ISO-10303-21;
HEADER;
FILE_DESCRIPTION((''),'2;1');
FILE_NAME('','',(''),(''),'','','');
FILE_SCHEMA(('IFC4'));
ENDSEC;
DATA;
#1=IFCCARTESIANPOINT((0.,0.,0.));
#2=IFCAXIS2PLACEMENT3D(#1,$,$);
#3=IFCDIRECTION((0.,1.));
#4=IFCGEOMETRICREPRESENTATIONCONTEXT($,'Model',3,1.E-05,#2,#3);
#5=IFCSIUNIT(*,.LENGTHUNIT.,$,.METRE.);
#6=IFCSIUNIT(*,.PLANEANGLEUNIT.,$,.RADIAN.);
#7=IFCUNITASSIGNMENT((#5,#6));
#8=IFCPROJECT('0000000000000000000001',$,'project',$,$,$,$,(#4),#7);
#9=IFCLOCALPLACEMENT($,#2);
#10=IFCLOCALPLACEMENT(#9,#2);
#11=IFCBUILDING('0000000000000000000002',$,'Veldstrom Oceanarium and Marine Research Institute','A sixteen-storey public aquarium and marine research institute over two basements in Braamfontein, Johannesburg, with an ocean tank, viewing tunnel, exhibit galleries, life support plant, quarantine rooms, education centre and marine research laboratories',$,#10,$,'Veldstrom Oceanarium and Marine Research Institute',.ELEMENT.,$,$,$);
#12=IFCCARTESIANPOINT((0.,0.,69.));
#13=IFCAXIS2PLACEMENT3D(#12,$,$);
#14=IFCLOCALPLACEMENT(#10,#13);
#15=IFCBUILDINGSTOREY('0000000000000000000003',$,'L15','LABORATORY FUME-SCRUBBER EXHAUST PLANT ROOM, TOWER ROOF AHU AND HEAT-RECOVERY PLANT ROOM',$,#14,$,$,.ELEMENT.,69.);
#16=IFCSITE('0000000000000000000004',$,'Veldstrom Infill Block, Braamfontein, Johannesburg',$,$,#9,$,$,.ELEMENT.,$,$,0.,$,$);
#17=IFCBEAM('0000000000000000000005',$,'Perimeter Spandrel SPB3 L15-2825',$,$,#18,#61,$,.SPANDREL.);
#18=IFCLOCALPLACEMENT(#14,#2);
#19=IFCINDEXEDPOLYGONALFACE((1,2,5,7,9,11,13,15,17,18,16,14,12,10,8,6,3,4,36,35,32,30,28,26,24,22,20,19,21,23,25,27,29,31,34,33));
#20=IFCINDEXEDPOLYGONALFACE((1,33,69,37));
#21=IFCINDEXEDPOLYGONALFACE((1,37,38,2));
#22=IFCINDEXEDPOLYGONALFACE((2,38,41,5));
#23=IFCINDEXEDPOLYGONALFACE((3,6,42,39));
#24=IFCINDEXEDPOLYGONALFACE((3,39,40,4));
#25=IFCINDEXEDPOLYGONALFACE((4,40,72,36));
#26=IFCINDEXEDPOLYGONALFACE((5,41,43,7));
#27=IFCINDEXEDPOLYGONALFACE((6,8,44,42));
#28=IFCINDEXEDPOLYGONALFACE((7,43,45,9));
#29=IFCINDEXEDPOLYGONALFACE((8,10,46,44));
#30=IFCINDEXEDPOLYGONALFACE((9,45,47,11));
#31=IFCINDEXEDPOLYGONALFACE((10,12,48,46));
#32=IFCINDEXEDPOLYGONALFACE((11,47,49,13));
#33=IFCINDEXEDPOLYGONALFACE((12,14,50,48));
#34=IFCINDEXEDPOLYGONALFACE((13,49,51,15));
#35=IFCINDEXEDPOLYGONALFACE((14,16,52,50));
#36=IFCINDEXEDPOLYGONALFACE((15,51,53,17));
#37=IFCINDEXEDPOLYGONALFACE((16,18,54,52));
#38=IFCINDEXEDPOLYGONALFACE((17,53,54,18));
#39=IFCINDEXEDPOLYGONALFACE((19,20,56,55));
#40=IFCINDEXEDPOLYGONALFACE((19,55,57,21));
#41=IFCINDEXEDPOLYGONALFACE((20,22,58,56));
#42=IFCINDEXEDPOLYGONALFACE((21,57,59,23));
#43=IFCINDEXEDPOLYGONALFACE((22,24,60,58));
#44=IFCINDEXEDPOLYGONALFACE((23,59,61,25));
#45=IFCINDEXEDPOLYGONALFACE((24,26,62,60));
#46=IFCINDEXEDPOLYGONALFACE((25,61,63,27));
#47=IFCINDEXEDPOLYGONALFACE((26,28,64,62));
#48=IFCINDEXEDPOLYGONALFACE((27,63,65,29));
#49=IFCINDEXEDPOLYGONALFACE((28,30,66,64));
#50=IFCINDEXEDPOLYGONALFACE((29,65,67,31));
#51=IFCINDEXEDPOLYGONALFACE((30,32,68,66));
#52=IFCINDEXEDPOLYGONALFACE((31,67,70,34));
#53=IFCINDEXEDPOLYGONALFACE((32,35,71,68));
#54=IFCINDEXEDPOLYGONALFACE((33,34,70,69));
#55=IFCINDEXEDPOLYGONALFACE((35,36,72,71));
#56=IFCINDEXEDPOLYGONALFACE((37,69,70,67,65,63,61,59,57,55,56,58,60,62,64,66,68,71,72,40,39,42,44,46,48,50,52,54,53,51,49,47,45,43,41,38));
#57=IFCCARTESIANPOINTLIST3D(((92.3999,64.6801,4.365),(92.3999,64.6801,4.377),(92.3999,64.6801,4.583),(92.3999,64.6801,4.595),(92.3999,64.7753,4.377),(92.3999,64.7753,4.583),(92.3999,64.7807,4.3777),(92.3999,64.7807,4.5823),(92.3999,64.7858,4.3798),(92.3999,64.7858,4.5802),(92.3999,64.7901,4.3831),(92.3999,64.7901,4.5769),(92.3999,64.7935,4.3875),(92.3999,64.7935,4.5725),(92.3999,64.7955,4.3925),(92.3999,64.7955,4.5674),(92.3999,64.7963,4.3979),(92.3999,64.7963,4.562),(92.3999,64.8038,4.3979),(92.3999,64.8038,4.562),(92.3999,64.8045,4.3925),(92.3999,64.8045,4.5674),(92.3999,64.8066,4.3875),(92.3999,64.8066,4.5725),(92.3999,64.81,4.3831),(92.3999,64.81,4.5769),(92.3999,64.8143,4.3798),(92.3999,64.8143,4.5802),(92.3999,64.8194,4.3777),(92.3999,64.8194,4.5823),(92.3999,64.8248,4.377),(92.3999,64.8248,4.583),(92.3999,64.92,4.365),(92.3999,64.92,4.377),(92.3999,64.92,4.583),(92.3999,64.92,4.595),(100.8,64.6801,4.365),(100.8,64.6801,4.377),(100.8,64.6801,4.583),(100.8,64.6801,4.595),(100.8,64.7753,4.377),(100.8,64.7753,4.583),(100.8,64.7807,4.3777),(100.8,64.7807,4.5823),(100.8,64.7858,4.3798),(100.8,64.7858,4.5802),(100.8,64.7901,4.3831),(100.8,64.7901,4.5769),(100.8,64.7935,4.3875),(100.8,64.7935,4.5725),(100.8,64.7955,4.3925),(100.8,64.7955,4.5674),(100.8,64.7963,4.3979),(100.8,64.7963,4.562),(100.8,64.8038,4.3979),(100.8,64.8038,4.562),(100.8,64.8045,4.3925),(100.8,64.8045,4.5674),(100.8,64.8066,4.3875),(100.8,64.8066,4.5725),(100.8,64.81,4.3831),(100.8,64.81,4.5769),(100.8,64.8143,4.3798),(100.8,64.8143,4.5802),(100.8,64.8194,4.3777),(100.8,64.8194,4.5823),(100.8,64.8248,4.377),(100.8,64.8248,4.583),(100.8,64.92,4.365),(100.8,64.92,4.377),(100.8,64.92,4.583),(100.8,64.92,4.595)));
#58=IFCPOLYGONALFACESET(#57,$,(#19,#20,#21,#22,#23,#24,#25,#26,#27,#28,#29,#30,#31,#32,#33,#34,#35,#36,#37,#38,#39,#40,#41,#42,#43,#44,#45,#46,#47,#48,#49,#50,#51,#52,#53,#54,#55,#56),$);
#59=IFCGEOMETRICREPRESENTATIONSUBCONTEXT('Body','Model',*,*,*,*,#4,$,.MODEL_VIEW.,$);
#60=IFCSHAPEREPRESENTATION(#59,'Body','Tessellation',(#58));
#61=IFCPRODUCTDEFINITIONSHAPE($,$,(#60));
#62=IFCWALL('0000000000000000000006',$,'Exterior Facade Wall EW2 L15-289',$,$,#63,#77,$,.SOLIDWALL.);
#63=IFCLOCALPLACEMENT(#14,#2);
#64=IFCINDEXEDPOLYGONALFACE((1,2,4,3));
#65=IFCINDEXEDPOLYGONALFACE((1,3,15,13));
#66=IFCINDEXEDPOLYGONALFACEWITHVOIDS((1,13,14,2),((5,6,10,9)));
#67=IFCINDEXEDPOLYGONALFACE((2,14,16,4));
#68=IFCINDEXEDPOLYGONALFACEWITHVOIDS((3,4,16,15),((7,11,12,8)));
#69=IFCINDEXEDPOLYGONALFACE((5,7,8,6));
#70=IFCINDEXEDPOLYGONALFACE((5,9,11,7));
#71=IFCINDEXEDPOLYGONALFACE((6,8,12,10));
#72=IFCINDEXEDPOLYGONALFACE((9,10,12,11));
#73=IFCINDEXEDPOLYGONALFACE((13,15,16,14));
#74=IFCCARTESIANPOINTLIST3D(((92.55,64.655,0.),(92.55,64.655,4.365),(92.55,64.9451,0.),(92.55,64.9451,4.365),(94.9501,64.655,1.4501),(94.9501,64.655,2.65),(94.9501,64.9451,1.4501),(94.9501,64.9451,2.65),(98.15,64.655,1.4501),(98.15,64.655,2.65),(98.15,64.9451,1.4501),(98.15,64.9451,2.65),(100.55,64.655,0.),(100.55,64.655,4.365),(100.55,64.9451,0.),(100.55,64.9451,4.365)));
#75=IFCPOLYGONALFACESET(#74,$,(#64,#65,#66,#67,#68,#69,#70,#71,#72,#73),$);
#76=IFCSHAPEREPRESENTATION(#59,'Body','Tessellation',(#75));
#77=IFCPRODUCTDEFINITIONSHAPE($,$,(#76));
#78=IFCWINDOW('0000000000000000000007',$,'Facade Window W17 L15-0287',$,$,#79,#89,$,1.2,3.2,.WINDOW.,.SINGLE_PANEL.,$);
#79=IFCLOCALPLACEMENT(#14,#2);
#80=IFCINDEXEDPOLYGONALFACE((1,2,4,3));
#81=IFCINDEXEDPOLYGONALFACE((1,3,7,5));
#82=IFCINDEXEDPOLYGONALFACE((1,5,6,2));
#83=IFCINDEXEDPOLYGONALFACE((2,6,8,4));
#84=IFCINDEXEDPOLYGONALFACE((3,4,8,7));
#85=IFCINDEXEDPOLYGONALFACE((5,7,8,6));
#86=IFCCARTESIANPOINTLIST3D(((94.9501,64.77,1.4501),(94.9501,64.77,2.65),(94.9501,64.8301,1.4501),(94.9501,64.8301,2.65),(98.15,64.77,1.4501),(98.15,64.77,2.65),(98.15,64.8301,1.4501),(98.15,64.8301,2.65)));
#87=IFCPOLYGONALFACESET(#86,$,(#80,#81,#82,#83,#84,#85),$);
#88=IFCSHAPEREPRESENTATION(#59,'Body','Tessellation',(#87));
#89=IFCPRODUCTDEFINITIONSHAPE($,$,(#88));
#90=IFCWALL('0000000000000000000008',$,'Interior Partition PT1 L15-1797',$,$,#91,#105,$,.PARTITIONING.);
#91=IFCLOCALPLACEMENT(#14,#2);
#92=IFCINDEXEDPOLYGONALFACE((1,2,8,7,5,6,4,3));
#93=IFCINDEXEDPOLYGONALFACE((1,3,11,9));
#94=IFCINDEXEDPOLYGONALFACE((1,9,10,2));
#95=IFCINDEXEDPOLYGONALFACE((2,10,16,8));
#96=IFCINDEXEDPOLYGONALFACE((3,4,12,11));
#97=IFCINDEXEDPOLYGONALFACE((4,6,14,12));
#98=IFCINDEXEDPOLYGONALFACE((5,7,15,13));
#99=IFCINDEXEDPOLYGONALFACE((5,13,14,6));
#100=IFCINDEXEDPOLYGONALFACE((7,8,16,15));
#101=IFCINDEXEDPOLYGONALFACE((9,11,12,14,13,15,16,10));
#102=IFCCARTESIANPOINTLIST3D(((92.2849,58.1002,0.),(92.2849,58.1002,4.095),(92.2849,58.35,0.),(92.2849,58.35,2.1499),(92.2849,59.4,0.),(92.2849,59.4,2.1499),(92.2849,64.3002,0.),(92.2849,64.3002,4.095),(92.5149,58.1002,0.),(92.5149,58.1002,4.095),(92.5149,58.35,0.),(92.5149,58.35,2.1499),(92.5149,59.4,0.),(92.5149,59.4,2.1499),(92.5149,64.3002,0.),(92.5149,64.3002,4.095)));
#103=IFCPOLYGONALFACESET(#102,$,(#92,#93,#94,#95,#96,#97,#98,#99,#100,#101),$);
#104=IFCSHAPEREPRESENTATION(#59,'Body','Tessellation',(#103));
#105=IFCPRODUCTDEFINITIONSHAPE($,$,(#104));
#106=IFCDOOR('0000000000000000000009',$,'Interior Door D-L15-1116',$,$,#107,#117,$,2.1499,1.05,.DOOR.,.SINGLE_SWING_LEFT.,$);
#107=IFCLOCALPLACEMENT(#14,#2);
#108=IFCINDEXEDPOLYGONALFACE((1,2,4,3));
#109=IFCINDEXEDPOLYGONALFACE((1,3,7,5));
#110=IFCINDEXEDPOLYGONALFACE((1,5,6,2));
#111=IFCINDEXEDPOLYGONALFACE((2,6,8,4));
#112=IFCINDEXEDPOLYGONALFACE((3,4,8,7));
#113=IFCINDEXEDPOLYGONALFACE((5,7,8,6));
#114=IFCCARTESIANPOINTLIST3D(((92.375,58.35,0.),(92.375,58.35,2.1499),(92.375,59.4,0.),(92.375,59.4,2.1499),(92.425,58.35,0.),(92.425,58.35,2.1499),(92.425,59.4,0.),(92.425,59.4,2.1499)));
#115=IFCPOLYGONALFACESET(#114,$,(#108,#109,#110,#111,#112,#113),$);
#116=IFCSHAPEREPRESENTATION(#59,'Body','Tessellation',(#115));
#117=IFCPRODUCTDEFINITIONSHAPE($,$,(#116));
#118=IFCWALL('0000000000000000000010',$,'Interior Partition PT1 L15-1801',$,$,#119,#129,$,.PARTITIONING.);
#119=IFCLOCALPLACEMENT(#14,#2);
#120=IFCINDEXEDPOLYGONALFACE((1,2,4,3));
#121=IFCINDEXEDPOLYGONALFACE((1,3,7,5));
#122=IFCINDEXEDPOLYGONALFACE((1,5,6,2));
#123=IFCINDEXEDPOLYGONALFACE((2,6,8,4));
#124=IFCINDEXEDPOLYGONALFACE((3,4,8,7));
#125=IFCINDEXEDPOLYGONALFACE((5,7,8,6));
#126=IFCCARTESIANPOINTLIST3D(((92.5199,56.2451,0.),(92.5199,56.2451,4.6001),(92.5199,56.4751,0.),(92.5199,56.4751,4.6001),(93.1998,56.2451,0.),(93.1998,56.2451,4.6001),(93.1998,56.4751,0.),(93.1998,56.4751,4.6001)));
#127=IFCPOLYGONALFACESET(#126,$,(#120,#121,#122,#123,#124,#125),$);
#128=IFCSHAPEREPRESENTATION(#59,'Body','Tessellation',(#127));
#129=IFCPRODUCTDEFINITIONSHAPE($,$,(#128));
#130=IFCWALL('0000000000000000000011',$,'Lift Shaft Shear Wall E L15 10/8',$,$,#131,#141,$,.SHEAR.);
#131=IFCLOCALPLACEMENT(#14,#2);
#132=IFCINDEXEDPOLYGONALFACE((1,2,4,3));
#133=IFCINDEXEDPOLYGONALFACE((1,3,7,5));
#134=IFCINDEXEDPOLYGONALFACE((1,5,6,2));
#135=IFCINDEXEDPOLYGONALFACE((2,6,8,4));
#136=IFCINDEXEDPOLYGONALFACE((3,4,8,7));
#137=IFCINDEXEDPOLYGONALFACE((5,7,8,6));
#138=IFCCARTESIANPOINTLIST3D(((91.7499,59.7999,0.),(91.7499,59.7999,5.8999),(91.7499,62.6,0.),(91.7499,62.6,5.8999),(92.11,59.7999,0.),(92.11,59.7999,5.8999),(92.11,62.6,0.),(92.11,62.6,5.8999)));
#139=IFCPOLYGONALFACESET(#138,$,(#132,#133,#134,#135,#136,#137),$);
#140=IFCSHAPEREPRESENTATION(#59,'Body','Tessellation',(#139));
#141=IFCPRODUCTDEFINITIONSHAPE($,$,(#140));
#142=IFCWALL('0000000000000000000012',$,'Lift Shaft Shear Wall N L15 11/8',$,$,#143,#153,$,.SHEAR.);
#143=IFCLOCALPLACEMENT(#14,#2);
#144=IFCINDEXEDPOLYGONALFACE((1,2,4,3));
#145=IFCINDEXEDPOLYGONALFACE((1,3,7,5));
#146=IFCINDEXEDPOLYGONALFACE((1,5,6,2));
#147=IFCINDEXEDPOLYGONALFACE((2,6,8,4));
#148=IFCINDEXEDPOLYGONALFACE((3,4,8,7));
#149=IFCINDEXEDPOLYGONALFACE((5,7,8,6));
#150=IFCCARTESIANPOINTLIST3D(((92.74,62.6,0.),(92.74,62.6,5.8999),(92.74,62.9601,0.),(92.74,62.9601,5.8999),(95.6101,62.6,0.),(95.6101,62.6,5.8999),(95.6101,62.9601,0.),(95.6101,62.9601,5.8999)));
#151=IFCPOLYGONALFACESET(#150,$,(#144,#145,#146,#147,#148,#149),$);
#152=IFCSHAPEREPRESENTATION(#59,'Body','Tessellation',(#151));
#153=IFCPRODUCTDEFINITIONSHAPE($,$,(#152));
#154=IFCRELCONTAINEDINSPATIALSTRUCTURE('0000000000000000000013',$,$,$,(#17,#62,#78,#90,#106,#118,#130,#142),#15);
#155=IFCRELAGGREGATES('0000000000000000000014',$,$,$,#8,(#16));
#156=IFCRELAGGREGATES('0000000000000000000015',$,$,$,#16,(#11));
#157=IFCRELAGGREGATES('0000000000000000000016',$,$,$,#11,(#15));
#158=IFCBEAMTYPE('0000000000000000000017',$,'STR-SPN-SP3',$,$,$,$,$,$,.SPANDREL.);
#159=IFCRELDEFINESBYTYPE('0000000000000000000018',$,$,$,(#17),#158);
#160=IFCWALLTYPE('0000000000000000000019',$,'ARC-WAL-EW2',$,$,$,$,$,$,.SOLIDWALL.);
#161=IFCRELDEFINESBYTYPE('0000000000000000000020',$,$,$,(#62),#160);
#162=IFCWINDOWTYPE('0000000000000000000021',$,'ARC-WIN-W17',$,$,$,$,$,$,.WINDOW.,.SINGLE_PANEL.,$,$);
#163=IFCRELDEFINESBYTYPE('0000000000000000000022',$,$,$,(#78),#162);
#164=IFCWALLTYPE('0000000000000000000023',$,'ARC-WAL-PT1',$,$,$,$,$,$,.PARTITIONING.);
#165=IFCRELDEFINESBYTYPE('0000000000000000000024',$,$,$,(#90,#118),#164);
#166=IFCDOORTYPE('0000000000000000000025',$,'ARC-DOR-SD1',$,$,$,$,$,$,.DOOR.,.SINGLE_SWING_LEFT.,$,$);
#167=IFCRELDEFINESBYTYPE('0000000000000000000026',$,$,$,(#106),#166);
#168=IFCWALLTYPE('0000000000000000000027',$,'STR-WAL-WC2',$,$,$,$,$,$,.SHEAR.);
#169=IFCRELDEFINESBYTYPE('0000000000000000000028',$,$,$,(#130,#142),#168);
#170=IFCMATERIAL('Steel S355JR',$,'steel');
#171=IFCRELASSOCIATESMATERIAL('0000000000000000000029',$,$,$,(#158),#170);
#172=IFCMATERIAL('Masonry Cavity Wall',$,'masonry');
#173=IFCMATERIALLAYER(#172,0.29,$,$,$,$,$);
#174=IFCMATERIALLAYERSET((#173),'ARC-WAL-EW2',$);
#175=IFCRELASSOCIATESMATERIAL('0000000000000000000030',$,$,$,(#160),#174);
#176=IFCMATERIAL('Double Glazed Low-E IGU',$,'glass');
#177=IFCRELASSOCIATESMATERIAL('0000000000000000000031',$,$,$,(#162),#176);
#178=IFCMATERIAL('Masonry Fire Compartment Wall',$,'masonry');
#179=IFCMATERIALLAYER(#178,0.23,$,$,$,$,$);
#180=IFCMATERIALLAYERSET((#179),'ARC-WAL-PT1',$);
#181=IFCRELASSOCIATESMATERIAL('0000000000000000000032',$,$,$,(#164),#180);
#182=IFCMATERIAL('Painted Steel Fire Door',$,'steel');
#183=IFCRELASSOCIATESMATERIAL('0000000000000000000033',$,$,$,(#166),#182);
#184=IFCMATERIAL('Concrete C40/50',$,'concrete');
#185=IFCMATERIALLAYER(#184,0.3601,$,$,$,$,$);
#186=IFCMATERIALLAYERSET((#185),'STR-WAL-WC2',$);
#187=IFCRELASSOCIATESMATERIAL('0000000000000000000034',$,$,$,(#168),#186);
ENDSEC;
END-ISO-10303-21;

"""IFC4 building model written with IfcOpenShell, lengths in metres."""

from ifc_helpers import new_model, si_unit, direction, frame, frame_2d, origin, origin_2d, place, context, subcontext, project, spatial, rectangle, i_section, extrude, material, layer, layer_set, material_profile, profile_set, type_object, element, fill, save


model = new_model("IFC4")

# Units and contexts
model_context = context("Model", 3, precision=1e-05, world=origin(), true_north=direction((0.0, 1.0)))
body_context = subcontext(model_context, "Body", "Model", "MODEL_VIEW")
ifc_project = project(units=[si_unit("LENGTHUNIT", "METRE"), si_unit("PLANEANGLEUNIT", "RADIAN")], contexts=[model_context])

# Site, building, storey
site_placement = place(None, origin())
site = spatial("IfcSite", under=ifc_project, at=site_placement, Name="Veldstrom Infill Block, Braamfontein, Johannesburg", CompositionType="ELEMENT", RefElevation=0.0)
building_placement = place(site_placement, origin())
building = spatial("IfcBuilding", under=site, at=building_placement, Name="Veldstrom Oceanarium and Marine Research Institute", Description="A sixteen-storey public aquarium and marine research institute over two basements in Braamfontein, Johannesburg, with an ocean tank, viewing tunnel, exhibit galleries, life support plant, quarantine rooms, education centre and marine research laboratories", LongName="Veldstrom Oceanarium and Marine Research Institute", CompositionType="ELEMENT")
storey_placement = place(building_placement, frame((0.0, 0.0, 69.0)))
storey = spatial("IfcBuildingStorey", under=building, at=storey_placement, Name="L15", Description="LABORATORY FUME-SCRUBBER EXHAUST PLANT ROOM, TOWER ROOF AHU AND HEAT-RECOVERY PLANT ROOM", CompositionType="ELEMENT", Elevation=69.0)

# Beam
ifc_material_1 = material(Name="Steel S355JR", Category="steel")
ifc_material_profile_1 = material_profile(ifc_material_1, i_section(OverallWidth=0.24, OverallDepth=0.23, WebThickness=0.0076, FlangeThickness=0.012, FilletRadius=0.021, at=origin_2d()), Name="HEA 240")
ifc_profile_set_1 = profile_set([ifc_material_profile_1], Name="Steel S355JR")
beam_type_1 = type_object("IfcBeamType", Name="STR-SPN-SP3", PredefinedType="SPANDREL", material=ifc_profile_set_1)
beam_1_placement = place(storey_placement, frame((92.3999, 64.8, 4.48), z_axis=(1.0, 0.0, 0.0), x_axis=(0.0, 1.0, 0.0)))
element("IfcBeam", 1, at=beam_1_placement, inside=storey, type_object=beam_type_1, Name="Perimeter Spandrel SPB3 L15-2825", PredefinedType="SPANDREL", context=body_context, shape_type="SweptSolid", body=[
    extrude(i_section(OverallWidth=0.24, OverallDepth=0.23, WebThickness=0.0076, FlangeThickness=0.012, FilletRadius=0.021, at=origin_2d()), origin(), (0.0, 0.0, 1.0), 8.4001),
])

# Wall, opening, window
ifc_material_2 = material(Name="Masonry Cavity Wall", Category="masonry")
ifc_layer_1 = layer(ifc_material_2, 0.29)
ifc_layer_set_1 = layer_set([ifc_layer_1], Name="ARC-WAL-EW2")
wall_type_1 = type_object("IfcWallType", Name="ARC-WAL-EW2", PredefinedType="SOLIDWALL", material=ifc_layer_set_1)
wall_1_placement = place(storey_placement, frame((92.55, 64.8, 0.0), z_axis=(0.0, 0.0, 1.0), x_axis=(1.0, 0.0, 0.0)))
wall_1 = element("IfcWall", 2, at=wall_1_placement, inside=storey, type_object=wall_type_1, Name="Exterior Facade Wall EW2 L15-289", PredefinedType="SOLIDWALL", context=body_context, shape_type="SweptSolid", body=[
    extrude(rectangle(XDim=8.0, YDim=0.29, at=frame_2d((4.0, 0.0))), origin(), (0.0, 0.0, 1.0), 4.365),
])
opening_1_placement = place(wall_1_placement, frame((2.3999, 0.0, 1.45)))
opening_1 = element("IfcOpeningElement", 3, at=opening_1_placement, cuts=wall_1, PredefinedType="OPENING", context=body_context, shape_type="SweptSolid", body=[
    extrude(rectangle(XDim=3.2, YDim=1.2, at=frame_2d((1.6001, 0.6001))), frame((0.0, 0.155, 0.0), z_axis=(0.0, -1.0, 0.0), x_axis=(1.0, 0.0, 0.0)), (0.0, 0.0, 1.0), 0.3101),
])
ifc_material_3 = material(Name="Double Glazed Low-E IGU", Category="glass")
window_type = type_object("IfcWindowType", Name="ARC-WIN-W17", PartitioningType="SINGLE_PANEL", PredefinedType="WINDOW", material=ifc_material_3)
window_placement = place(opening_1_placement, origin())
window = element("IfcWindow", 4, at=window_placement, inside=storey, type_object=window_type, Name="Facade Window W17 L15-0287", OverallHeight=1.2, OverallWidth=3.2, PartitioningType="SINGLE_PANEL", PredefinedType="WINDOW", context=body_context, shape_type="SweptSolid", body=[
    extrude(rectangle(XDim=3.2, YDim=1.2, at=frame_2d((1.6001, 0.6001))), frame((0.0, 0.03, 0.0), z_axis=(0.0, -1.0, 0.0), x_axis=(1.0, 0.0, 0.0)), (0.0, 0.0, 1.0), 0.0601),
])
fill(opening_1, window)

# Wall, opening, door
ifc_material_4 = material(Name="Masonry Fire Compartment Wall", Category="masonry")
ifc_layer_2 = layer(ifc_material_4, 0.23)
ifc_layer_set_2 = layer_set([ifc_layer_2], Name="ARC-WAL-PT1")
wall_type_2 = type_object("IfcWallType", Name="ARC-WAL-PT1", PredefinedType="PARTITIONING", material=ifc_layer_set_2)
wall_2_placement = place(storey_placement, frame((92.3999, 58.1001, 0.0), z_axis=(0.0, 0.0, 1.0), x_axis=(0.0, 1.0, 0.0)))
wall_2 = element("IfcWall", 5, at=wall_2_placement, inside=storey, type_object=wall_type_2, Name="Interior Partition PT1 L15-1797", PredefinedType="PARTITIONING", context=body_context, shape_type="SweptSolid", body=[
    extrude(rectangle(XDim=6.2, YDim=0.23, at=frame_2d((3.1001, 0.0))), origin(), (0.0, 0.0, 1.0), 4.095),
])
opening_2_placement = place(wall_2_placement, frame((0.25, 0.0, 0.0)))
opening_2 = element("IfcOpeningElement", 6, at=opening_2_placement, cuts=wall_2, PredefinedType="OPENING", context=body_context, shape_type="SweptSolid", body=[
    extrude(rectangle(XDim=1.05, YDim=2.1499, at=frame_2d((0.5249, 1.075))), frame((0.0, 0.125, 0.0), z_axis=(0.0, -1.0, 0.0), x_axis=(1.0, 0.0, 0.0)), (0.0, 0.0, 1.0), 0.25),
])
ifc_material_5 = material(Name="Painted Steel Fire Door", Category="steel")
door_type_1 = type_object("IfcDoorType", Name="ARC-DOR-SD1", OperationType="SINGLE_SWING_LEFT", PredefinedType="DOOR", material=ifc_material_5)
door_1_placement = place(opening_2_placement, origin())
door_1 = element("IfcDoor", 7, at=door_1_placement, inside=storey, type_object=door_type_1, Name="Interior Door D-L15-1116", OperationType="SINGLE_SWING_LEFT", OverallHeight=2.1499, OverallWidth=1.05, PredefinedType="DOOR", context=body_context, shape_type="SweptSolid", body=[
    extrude(rectangle(XDim=1.05, YDim=2.1499, at=frame_2d((0.5249, 1.075))), frame((0.0, 0.0249, 0.0), z_axis=(0.0, -1.0, 0.0), x_axis=(1.0, 0.0, 0.0)), (0.0, 0.0, 1.0), 0.05),
])
fill(opening_2, door_1)

# Wall
wall_3_placement = place(storey_placement, frame((92.52, 56.3601, 0.0), z_axis=(0.0, 0.0, 1.0), x_axis=(1.0, 0.0, 0.0)))
element("IfcWall", 8, at=wall_3_placement, inside=storey, type_object=wall_type_2, Name="Interior Partition PT1 L15-1801", PredefinedType="PARTITIONING", context=body_context, shape_type="SweptSolid", body=[
    extrude(rectangle(XDim=0.6799, YDim=0.23, at=frame_2d((0.3398, 0.0))), origin(), (0.0, 0.0, 1.0), 4.6001),
])

# Shared definitions
ifc_material_6 = material(Name="Concrete C40/50", Category="concrete")
ifc_layer_3 = layer(ifc_material_6, 0.3601)
ifc_layer_set_3 = layer_set([ifc_layer_3], Name="STR-WAL-WC2")
wall_type_3 = type_object("IfcWallType", Name="STR-WAL-WC2", PredefinedType="SHEAR", material=ifc_layer_set_3)

# Walls
wall_4_placement = place(storey_placement, frame((91.9299, 59.8, 0.0), z_axis=(0.0, 0.0, 1.0), x_axis=(0.0, 1.0, 0.0)))
element("IfcWall", 9, at=wall_4_placement, inside=storey, type_object=wall_type_3, Name="Lift Shaft Shear Wall E L15 10/8", PredefinedType="SHEAR", context=body_context, shape_type="SweptSolid", body=[
    extrude(rectangle(XDim=2.8, YDim=0.3601, at=frame_2d((1.3999, 0.0))), origin(), (0.0, 0.0, 1.0), 5.8999),
])
wall_5_placement = place(storey_placement, frame((92.74, 62.78, 0.0), z_axis=(0.0, 0.0, 1.0), x_axis=(1.0, 0.0, 0.0)))
element("IfcWall", 10, at=wall_5_placement, inside=storey, type_object=wall_type_3, Name="Lift Shaft Shear Wall N L15 11/8", PredefinedType="SHEAR", context=body_context, shape_type="SweptSolid", body=[
    extrude(rectangle(XDim=2.8701, YDim=0.3601, at=frame_2d((1.4351, 0.0))), origin(), (0.0, 0.0, 1.0), 5.8999),
])

save(model, "model.ifc")
